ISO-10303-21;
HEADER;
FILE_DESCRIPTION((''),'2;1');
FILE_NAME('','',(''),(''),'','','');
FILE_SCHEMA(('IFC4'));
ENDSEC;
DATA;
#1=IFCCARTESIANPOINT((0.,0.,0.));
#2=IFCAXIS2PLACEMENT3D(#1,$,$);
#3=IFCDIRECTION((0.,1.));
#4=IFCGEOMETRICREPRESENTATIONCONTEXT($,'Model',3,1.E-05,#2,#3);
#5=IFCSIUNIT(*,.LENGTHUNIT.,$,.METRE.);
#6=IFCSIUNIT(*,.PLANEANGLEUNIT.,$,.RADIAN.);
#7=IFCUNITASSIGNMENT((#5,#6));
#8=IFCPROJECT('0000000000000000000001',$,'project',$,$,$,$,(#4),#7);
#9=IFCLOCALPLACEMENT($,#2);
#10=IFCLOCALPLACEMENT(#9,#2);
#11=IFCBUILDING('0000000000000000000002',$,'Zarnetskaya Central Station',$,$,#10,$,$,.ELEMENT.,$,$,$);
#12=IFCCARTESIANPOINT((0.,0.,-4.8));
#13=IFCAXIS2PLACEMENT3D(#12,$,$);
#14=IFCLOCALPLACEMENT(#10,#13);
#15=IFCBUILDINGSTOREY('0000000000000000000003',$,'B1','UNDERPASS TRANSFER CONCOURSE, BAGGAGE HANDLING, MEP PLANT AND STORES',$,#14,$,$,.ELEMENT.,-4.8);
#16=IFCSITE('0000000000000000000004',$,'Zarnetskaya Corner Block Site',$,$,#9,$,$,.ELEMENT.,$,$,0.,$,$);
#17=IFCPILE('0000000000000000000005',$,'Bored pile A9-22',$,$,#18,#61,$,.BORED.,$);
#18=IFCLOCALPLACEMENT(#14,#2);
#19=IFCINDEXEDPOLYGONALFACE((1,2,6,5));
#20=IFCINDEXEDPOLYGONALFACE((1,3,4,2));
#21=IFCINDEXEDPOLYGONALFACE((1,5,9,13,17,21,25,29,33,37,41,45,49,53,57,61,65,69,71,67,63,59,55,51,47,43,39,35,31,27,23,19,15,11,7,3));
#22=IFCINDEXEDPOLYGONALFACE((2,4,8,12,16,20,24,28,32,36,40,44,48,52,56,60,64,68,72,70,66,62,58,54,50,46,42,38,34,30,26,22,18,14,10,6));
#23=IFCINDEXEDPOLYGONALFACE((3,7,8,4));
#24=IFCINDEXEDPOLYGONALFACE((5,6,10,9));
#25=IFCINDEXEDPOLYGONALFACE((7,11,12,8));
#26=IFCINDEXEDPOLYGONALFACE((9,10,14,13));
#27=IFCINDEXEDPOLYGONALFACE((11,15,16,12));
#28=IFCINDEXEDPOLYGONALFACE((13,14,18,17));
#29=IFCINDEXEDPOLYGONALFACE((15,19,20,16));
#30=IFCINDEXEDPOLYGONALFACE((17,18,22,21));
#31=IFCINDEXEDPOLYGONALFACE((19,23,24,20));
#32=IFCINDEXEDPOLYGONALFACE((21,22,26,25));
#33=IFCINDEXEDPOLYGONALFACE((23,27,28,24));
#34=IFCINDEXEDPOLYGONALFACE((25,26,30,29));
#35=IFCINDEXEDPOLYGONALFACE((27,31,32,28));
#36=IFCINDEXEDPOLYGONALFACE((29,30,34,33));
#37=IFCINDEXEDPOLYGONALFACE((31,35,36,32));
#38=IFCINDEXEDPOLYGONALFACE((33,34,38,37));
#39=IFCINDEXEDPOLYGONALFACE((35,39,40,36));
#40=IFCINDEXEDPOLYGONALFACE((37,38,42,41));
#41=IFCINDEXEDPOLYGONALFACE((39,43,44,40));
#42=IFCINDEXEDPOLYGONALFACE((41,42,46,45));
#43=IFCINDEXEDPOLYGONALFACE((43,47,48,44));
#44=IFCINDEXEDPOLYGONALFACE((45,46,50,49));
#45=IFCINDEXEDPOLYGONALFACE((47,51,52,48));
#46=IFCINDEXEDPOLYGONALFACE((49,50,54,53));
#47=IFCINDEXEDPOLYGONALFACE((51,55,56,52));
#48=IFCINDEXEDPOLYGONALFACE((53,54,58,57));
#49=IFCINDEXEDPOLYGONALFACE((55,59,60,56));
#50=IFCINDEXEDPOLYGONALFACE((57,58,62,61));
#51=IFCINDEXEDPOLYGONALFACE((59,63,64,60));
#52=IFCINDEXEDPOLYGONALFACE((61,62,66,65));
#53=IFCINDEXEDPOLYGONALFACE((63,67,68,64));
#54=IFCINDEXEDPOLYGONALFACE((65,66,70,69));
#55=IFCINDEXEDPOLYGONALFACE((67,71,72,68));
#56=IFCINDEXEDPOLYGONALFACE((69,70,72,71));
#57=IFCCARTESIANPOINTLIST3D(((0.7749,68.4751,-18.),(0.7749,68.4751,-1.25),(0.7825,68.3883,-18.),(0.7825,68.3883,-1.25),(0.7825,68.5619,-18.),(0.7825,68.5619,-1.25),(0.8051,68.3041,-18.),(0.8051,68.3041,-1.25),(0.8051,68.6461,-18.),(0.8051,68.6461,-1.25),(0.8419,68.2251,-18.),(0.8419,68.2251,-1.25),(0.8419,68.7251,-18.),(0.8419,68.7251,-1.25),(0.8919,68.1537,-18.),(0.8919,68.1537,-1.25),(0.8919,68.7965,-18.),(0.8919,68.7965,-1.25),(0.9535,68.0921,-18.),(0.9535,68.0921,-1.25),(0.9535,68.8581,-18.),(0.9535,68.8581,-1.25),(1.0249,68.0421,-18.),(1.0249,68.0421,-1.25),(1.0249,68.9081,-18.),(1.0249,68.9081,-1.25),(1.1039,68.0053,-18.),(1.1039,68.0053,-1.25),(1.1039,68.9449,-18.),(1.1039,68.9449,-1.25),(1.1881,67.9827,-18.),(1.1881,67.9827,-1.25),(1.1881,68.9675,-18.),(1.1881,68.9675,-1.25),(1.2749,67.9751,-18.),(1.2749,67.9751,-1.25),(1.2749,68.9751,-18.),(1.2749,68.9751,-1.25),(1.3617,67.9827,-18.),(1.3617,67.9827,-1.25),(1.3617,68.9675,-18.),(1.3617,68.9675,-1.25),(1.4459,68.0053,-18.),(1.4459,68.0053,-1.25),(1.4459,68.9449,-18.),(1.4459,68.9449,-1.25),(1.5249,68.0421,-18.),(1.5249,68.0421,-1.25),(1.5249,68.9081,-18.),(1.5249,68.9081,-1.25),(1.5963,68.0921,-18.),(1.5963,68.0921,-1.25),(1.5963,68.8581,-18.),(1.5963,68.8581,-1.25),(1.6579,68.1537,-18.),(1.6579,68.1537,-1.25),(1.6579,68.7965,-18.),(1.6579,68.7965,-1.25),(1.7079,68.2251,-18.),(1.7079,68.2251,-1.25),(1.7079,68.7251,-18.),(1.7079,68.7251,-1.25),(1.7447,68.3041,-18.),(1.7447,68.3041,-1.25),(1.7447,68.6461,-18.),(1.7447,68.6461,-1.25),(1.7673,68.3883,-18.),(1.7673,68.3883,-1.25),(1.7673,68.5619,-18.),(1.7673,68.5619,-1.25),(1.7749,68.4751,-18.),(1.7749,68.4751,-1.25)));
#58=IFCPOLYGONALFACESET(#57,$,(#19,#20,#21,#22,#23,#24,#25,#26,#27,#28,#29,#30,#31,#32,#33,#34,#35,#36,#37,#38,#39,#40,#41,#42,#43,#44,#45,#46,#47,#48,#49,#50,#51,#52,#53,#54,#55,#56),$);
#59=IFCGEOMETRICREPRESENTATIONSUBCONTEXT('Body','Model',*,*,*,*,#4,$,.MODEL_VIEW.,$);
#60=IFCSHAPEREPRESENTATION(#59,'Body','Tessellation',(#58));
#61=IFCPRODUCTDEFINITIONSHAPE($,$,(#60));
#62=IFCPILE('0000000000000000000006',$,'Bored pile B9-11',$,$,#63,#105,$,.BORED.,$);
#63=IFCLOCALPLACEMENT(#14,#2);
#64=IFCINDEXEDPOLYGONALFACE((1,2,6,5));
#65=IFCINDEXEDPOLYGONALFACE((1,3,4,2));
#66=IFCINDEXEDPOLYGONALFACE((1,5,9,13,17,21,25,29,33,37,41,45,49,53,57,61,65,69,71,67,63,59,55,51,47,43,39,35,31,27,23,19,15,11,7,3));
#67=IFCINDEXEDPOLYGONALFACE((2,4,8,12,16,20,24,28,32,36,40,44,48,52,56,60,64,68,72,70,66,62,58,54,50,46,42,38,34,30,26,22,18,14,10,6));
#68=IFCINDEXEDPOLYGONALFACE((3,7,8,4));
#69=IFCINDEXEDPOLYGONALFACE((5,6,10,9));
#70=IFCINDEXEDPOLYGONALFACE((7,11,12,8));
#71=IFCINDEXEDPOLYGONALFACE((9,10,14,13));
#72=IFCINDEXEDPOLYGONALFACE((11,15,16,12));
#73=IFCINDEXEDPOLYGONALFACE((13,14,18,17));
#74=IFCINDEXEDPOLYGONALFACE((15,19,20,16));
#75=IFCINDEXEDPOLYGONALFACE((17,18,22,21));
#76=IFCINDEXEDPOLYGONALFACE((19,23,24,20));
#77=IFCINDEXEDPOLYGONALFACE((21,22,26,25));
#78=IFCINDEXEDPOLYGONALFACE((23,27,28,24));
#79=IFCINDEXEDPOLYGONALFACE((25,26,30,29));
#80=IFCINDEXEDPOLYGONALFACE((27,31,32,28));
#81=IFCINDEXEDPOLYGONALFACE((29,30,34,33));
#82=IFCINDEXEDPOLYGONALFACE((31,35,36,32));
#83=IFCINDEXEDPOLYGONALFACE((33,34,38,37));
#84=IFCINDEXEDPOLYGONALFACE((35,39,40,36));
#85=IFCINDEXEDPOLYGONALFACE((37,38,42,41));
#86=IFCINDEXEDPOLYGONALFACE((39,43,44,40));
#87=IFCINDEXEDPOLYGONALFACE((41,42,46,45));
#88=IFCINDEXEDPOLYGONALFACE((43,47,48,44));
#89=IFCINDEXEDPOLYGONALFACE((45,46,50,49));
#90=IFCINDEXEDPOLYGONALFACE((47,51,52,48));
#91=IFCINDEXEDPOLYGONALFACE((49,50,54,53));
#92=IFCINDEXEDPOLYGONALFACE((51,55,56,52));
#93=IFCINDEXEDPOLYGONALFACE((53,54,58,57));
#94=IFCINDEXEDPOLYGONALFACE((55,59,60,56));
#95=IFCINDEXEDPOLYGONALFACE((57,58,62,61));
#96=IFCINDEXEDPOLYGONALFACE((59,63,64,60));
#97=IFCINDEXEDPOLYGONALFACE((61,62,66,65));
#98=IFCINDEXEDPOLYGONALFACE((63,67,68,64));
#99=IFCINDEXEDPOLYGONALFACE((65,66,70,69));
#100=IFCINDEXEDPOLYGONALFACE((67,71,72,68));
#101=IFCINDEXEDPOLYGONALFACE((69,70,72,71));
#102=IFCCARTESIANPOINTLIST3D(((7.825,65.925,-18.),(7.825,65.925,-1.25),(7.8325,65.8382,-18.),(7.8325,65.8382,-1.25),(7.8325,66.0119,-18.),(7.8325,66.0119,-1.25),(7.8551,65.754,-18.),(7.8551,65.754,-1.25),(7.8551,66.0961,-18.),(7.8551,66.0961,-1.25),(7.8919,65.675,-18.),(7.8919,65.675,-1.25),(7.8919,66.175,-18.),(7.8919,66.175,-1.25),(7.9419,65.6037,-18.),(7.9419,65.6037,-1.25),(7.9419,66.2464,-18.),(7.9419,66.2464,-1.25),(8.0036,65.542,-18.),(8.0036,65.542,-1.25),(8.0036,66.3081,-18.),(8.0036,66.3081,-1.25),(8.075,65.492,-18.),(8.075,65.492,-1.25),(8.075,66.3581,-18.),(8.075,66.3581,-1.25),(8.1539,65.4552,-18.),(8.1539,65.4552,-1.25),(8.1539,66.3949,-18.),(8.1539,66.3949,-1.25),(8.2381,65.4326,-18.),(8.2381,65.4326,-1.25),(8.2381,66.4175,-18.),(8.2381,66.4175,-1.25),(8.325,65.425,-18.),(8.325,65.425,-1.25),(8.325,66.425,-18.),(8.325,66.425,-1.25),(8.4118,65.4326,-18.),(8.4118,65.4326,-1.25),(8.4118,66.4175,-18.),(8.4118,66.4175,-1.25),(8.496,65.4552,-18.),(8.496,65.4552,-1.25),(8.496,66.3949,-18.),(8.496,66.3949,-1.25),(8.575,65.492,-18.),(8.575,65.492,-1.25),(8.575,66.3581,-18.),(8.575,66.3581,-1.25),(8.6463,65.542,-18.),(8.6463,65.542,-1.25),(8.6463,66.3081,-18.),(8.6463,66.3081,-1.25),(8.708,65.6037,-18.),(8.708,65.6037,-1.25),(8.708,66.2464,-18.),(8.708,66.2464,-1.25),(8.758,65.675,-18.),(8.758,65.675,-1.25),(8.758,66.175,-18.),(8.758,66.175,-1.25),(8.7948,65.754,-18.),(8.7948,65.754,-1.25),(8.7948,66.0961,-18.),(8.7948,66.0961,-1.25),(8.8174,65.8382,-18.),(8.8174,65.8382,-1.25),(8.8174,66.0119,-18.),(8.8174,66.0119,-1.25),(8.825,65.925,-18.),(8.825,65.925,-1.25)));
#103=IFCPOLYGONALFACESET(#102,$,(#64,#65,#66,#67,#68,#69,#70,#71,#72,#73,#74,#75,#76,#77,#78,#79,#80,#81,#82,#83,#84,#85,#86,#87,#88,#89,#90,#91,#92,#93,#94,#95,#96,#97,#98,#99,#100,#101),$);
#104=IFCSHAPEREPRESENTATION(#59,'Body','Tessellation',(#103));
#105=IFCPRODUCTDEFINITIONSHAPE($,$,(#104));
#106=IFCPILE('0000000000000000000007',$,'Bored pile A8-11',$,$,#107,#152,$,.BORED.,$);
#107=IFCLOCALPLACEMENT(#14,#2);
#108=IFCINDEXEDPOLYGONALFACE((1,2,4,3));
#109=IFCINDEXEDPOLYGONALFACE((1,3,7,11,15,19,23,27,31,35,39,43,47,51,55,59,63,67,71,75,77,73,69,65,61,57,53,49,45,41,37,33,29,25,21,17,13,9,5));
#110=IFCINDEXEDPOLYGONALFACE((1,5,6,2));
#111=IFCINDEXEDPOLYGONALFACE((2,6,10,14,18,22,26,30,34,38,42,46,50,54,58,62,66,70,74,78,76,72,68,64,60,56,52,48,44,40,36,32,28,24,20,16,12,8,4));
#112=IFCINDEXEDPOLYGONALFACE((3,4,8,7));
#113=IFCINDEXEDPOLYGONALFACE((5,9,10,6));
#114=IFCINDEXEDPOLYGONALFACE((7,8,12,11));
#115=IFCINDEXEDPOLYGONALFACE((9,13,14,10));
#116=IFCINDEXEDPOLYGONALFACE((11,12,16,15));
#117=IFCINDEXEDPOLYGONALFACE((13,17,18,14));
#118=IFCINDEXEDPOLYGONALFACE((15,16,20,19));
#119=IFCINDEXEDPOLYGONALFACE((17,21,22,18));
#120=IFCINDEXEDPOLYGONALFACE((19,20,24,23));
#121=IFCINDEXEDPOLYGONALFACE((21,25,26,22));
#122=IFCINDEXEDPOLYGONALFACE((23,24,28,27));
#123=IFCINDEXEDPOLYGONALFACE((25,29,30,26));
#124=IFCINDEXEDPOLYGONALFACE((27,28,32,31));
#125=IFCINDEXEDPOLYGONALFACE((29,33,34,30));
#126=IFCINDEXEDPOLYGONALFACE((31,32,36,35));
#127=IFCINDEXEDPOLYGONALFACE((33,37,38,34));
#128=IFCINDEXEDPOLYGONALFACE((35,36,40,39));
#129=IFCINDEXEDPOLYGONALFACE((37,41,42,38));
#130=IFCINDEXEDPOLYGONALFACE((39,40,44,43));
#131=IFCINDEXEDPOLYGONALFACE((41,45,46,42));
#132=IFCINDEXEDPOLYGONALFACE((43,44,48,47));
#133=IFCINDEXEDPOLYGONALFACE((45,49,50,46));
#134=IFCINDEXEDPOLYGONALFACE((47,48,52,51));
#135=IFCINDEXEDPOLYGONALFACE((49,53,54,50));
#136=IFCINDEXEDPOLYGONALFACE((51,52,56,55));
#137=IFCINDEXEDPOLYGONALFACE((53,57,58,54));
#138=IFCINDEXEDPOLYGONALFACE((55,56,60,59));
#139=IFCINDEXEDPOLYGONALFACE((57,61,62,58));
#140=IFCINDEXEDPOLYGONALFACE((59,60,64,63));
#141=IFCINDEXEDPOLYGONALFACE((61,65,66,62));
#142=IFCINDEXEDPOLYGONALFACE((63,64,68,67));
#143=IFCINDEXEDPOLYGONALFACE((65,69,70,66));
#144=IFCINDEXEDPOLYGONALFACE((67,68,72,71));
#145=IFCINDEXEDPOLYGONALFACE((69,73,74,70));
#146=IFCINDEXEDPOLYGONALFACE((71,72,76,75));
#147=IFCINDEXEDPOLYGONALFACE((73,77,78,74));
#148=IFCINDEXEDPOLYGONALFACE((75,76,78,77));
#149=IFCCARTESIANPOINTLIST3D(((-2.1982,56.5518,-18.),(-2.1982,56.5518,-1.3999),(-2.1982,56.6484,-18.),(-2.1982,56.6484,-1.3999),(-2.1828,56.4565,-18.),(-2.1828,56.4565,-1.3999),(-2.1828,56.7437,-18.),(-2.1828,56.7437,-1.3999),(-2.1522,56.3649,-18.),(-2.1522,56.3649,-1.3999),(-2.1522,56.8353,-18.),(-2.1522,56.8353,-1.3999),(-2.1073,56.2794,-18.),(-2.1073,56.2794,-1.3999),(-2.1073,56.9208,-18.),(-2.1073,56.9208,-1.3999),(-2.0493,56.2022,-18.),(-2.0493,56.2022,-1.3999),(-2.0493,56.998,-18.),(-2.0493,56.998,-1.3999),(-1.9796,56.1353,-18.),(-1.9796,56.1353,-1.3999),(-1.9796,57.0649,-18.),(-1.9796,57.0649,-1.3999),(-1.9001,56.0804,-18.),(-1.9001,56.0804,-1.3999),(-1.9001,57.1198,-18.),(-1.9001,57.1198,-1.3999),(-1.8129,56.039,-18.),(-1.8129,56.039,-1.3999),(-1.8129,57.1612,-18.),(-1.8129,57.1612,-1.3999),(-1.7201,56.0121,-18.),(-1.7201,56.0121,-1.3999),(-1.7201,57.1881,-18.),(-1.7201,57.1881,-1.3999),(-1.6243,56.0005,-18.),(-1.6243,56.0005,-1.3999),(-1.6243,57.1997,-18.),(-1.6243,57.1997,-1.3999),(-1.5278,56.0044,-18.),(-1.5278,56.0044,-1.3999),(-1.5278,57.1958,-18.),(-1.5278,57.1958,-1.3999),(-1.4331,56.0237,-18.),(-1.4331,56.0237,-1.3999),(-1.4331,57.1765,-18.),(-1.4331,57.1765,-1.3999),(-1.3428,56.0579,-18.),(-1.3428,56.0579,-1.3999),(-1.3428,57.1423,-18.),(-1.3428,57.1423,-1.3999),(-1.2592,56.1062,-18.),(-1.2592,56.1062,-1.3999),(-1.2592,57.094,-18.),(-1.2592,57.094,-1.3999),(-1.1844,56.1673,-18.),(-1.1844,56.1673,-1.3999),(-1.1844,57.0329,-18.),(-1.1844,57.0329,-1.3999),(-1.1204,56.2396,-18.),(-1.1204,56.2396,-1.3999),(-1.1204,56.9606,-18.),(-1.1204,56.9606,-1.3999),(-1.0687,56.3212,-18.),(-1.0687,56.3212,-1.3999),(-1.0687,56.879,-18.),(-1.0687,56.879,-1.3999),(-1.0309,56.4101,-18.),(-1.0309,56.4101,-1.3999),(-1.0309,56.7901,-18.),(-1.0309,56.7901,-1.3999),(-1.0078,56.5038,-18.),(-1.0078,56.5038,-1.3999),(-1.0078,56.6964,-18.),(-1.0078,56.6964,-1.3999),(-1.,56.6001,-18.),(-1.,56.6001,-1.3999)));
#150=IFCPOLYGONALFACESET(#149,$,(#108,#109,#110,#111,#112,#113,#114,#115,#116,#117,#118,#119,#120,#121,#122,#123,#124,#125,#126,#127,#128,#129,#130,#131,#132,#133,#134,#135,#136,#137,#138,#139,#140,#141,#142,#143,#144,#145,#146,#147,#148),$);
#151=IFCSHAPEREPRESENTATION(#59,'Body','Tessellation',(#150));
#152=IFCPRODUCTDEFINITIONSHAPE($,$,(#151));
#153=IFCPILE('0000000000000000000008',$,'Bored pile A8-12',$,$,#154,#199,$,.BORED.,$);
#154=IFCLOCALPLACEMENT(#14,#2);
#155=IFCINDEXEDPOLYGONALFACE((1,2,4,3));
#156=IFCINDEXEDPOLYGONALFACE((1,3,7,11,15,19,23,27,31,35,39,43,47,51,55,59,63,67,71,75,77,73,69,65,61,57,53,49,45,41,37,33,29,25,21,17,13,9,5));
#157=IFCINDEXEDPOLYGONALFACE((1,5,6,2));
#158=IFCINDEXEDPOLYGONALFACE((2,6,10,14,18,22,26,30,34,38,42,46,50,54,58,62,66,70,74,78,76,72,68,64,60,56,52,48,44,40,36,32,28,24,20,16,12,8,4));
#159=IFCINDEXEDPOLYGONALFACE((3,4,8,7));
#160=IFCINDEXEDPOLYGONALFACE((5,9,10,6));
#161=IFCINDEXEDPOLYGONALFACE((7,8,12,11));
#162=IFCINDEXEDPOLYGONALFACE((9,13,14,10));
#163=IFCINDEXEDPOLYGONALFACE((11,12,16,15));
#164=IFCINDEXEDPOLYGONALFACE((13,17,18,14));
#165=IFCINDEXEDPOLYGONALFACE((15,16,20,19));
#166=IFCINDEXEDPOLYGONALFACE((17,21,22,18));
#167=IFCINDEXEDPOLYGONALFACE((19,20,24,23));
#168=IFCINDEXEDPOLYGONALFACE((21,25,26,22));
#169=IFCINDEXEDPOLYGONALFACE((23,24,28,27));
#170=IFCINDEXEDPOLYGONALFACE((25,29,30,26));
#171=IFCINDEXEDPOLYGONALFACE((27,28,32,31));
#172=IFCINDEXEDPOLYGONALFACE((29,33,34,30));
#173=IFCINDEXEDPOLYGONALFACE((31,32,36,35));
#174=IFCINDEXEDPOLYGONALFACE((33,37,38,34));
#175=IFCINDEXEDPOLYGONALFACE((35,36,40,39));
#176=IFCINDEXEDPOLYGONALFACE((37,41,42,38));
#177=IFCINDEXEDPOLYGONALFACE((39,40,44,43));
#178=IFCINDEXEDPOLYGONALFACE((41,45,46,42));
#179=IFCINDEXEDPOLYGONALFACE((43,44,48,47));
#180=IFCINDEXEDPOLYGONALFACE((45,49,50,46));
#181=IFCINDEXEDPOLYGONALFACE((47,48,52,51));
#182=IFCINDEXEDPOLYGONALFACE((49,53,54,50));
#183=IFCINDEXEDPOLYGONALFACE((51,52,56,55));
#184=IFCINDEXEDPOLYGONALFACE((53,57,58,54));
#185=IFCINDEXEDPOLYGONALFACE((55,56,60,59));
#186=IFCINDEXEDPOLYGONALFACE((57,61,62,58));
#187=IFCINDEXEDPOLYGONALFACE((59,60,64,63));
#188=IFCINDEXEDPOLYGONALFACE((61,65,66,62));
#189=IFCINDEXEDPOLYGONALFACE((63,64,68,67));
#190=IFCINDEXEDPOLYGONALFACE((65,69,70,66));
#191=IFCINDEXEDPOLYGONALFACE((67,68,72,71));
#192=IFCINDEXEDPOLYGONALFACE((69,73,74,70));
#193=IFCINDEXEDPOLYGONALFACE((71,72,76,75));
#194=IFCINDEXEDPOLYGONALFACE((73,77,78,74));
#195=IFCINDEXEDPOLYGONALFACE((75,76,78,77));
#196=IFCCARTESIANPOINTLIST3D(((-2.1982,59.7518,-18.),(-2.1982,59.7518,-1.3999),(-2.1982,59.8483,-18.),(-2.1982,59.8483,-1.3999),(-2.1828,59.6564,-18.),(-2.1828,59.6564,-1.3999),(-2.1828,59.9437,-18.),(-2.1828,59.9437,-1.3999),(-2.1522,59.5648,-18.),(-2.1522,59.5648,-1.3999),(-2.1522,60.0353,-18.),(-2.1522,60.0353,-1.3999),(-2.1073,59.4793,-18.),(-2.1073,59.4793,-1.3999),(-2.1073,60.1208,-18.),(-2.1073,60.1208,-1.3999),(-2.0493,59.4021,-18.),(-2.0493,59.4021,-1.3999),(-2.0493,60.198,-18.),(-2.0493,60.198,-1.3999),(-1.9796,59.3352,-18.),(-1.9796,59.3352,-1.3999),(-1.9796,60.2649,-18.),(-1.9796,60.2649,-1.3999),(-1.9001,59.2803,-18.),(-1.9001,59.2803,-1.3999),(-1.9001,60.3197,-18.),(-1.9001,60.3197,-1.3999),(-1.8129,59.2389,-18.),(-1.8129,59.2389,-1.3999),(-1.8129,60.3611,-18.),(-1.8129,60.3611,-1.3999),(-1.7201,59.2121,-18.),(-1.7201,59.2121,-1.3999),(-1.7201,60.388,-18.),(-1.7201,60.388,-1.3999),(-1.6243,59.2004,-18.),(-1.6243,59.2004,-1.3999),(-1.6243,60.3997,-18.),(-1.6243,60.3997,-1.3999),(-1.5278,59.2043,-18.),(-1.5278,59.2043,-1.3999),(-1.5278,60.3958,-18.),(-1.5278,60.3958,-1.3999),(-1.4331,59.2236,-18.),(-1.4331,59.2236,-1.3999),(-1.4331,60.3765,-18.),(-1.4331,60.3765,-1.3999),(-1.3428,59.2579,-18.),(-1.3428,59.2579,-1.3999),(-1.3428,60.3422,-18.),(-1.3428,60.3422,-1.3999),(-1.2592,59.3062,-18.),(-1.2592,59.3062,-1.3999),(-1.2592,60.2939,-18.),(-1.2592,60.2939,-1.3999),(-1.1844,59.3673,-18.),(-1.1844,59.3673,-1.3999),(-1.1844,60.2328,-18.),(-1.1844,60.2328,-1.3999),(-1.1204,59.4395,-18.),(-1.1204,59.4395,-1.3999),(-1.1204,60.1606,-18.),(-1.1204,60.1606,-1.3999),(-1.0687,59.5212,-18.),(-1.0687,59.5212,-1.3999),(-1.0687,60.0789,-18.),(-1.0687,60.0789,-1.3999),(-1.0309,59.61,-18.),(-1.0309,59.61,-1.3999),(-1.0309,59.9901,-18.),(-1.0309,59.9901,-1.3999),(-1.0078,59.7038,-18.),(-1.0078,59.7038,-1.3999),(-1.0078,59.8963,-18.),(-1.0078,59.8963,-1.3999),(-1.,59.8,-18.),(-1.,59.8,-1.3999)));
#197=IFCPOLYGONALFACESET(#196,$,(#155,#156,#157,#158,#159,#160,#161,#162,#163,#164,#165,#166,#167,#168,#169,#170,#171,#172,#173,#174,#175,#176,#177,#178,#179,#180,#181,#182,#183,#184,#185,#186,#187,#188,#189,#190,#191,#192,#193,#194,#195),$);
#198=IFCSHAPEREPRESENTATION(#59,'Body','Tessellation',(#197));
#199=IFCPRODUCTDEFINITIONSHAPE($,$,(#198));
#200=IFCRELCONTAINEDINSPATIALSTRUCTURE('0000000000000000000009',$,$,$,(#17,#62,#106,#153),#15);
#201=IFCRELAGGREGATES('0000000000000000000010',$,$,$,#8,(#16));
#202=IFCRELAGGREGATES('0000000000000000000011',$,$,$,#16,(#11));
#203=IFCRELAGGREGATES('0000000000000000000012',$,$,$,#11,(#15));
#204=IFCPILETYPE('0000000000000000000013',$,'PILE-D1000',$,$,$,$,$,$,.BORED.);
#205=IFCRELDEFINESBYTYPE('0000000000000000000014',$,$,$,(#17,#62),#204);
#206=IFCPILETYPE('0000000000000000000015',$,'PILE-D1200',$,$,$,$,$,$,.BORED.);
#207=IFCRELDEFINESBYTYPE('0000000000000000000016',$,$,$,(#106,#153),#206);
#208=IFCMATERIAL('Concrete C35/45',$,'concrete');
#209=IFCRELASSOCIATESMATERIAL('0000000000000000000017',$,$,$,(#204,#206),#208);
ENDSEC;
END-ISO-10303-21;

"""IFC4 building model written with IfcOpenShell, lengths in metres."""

from ifc_helpers import new_model, si_unit, direction, frame, origin, origin_2d, place, context, subcontext, project, spatial, circle, extrude, material, material_profile, profile_set, type_object, element, save


model = new_model("IFC4")

# Units and contexts
model_context = context("Model", 3, precision=1e-05, world=origin(), true_north=direction((0.0, 1.0)))
body_context = subcontext(model_context, "Body", "Model", "MODEL_VIEW")
ifc_project = project(units=[si_unit("LENGTHUNIT", "METRE"), si_unit("PLANEANGLEUNIT", "RADIAN")], contexts=[model_context])

# Site, building, storey
site_placement = place(None, origin())
site = spatial("IfcSite", under=ifc_project, at=site_placement, Name="Zarnetskaya Corner Block Site", CompositionType="ELEMENT", RefElevation=0.0)
building_placement = place(site_placement, origin())
building = spatial("IfcBuilding", under=site, at=building_placement, Name="Zarnetskaya Central Station", CompositionType="ELEMENT")
storey_placement = place(building_placement, frame((0.0, 0.0, -4.8)))
storey = spatial("IfcBuildingStorey", under=building, at=storey_placement, Name="B1", Description="UNDERPASS TRANSFER CONCOURSE, BAGGAGE HANDLING, MEP PLANT AND STORES", CompositionType="ELEMENT", Elevation=-4.8)

# Shared definitions
ifc_material_1 = material(Name="Concrete C35/45", Category="concrete")

# Piles
ifc_material_profile_1 = material_profile(ifc_material_1, circle(Radius=0.5, at=origin_2d()), Name="BORED PILE D1000")
ifc_profile_set_1 = profile_set([ifc_material_profile_1], Name="Concrete C35/45")
pile_type_1 = type_object("IfcPileType", Name="PILE-D1000", PredefinedType="BORED", material=ifc_profile_set_1)
for number, where, z_axis, x_axis, name in (
    (1, (1.2749, 68.4751, -1.25), (0.0, 0.0, -1.0), (1.0, 0.0, 0.0), "Bored pile A9-22"),
    (2, (8.325, 65.925, -1.25), (0.0, 0.0, -1.0), (1.0, 0.0, 0.0), "Bored pile B9-11"),
):
    element("IfcPile", number, at=place(storey_placement, frame(where, z_axis=z_axis, x_axis=x_axis)), inside=storey, type_object=pile_type_1, Name=name, PredefinedType="BORED", context=body_context, shape_type="SweptSolid", body=[
        extrude(circle(Radius=0.5, at=origin_2d()), origin(), (0.0, 0.0, 1.0), 16.75),
    ])
ifc_material_profile_2 = material_profile(ifc_material_1, circle(Radius=0.6001, at=origin_2d()), Name="BORED PILE D1200")
ifc_profile_set_2 = profile_set([ifc_material_profile_2], Name="Concrete C35/45")
pile_type_2 = type_object("IfcPileType", Name="PILE-D1200", PredefinedType="BORED", material=ifc_profile_set_2)
for number, where, z_axis, x_axis, name in (
    (3, (-1.6001, 56.6001, -1.3999), (0.0, 0.0, -1.0), (1.0, 0.0, 0.0), "Bored pile A8-11"),
    (4, (-1.6001, 59.8, -1.3999), (0.0, 0.0, -1.0), (1.0, 0.0, 0.0), "Bored pile A8-12"),
):
    element("IfcPile", number, at=place(storey_placement, frame(where, z_axis=z_axis, x_axis=x_axis)), inside=storey, type_object=pile_type_2, Name=name, PredefinedType="BORED", context=body_context, shape_type="SweptSolid", body=[
        extrude(circle(Radius=0.6001, at=origin_2d()), origin(), (0.0, 0.0, 1.0), 16.6001),
    ])

save(model, "model.ifc")
